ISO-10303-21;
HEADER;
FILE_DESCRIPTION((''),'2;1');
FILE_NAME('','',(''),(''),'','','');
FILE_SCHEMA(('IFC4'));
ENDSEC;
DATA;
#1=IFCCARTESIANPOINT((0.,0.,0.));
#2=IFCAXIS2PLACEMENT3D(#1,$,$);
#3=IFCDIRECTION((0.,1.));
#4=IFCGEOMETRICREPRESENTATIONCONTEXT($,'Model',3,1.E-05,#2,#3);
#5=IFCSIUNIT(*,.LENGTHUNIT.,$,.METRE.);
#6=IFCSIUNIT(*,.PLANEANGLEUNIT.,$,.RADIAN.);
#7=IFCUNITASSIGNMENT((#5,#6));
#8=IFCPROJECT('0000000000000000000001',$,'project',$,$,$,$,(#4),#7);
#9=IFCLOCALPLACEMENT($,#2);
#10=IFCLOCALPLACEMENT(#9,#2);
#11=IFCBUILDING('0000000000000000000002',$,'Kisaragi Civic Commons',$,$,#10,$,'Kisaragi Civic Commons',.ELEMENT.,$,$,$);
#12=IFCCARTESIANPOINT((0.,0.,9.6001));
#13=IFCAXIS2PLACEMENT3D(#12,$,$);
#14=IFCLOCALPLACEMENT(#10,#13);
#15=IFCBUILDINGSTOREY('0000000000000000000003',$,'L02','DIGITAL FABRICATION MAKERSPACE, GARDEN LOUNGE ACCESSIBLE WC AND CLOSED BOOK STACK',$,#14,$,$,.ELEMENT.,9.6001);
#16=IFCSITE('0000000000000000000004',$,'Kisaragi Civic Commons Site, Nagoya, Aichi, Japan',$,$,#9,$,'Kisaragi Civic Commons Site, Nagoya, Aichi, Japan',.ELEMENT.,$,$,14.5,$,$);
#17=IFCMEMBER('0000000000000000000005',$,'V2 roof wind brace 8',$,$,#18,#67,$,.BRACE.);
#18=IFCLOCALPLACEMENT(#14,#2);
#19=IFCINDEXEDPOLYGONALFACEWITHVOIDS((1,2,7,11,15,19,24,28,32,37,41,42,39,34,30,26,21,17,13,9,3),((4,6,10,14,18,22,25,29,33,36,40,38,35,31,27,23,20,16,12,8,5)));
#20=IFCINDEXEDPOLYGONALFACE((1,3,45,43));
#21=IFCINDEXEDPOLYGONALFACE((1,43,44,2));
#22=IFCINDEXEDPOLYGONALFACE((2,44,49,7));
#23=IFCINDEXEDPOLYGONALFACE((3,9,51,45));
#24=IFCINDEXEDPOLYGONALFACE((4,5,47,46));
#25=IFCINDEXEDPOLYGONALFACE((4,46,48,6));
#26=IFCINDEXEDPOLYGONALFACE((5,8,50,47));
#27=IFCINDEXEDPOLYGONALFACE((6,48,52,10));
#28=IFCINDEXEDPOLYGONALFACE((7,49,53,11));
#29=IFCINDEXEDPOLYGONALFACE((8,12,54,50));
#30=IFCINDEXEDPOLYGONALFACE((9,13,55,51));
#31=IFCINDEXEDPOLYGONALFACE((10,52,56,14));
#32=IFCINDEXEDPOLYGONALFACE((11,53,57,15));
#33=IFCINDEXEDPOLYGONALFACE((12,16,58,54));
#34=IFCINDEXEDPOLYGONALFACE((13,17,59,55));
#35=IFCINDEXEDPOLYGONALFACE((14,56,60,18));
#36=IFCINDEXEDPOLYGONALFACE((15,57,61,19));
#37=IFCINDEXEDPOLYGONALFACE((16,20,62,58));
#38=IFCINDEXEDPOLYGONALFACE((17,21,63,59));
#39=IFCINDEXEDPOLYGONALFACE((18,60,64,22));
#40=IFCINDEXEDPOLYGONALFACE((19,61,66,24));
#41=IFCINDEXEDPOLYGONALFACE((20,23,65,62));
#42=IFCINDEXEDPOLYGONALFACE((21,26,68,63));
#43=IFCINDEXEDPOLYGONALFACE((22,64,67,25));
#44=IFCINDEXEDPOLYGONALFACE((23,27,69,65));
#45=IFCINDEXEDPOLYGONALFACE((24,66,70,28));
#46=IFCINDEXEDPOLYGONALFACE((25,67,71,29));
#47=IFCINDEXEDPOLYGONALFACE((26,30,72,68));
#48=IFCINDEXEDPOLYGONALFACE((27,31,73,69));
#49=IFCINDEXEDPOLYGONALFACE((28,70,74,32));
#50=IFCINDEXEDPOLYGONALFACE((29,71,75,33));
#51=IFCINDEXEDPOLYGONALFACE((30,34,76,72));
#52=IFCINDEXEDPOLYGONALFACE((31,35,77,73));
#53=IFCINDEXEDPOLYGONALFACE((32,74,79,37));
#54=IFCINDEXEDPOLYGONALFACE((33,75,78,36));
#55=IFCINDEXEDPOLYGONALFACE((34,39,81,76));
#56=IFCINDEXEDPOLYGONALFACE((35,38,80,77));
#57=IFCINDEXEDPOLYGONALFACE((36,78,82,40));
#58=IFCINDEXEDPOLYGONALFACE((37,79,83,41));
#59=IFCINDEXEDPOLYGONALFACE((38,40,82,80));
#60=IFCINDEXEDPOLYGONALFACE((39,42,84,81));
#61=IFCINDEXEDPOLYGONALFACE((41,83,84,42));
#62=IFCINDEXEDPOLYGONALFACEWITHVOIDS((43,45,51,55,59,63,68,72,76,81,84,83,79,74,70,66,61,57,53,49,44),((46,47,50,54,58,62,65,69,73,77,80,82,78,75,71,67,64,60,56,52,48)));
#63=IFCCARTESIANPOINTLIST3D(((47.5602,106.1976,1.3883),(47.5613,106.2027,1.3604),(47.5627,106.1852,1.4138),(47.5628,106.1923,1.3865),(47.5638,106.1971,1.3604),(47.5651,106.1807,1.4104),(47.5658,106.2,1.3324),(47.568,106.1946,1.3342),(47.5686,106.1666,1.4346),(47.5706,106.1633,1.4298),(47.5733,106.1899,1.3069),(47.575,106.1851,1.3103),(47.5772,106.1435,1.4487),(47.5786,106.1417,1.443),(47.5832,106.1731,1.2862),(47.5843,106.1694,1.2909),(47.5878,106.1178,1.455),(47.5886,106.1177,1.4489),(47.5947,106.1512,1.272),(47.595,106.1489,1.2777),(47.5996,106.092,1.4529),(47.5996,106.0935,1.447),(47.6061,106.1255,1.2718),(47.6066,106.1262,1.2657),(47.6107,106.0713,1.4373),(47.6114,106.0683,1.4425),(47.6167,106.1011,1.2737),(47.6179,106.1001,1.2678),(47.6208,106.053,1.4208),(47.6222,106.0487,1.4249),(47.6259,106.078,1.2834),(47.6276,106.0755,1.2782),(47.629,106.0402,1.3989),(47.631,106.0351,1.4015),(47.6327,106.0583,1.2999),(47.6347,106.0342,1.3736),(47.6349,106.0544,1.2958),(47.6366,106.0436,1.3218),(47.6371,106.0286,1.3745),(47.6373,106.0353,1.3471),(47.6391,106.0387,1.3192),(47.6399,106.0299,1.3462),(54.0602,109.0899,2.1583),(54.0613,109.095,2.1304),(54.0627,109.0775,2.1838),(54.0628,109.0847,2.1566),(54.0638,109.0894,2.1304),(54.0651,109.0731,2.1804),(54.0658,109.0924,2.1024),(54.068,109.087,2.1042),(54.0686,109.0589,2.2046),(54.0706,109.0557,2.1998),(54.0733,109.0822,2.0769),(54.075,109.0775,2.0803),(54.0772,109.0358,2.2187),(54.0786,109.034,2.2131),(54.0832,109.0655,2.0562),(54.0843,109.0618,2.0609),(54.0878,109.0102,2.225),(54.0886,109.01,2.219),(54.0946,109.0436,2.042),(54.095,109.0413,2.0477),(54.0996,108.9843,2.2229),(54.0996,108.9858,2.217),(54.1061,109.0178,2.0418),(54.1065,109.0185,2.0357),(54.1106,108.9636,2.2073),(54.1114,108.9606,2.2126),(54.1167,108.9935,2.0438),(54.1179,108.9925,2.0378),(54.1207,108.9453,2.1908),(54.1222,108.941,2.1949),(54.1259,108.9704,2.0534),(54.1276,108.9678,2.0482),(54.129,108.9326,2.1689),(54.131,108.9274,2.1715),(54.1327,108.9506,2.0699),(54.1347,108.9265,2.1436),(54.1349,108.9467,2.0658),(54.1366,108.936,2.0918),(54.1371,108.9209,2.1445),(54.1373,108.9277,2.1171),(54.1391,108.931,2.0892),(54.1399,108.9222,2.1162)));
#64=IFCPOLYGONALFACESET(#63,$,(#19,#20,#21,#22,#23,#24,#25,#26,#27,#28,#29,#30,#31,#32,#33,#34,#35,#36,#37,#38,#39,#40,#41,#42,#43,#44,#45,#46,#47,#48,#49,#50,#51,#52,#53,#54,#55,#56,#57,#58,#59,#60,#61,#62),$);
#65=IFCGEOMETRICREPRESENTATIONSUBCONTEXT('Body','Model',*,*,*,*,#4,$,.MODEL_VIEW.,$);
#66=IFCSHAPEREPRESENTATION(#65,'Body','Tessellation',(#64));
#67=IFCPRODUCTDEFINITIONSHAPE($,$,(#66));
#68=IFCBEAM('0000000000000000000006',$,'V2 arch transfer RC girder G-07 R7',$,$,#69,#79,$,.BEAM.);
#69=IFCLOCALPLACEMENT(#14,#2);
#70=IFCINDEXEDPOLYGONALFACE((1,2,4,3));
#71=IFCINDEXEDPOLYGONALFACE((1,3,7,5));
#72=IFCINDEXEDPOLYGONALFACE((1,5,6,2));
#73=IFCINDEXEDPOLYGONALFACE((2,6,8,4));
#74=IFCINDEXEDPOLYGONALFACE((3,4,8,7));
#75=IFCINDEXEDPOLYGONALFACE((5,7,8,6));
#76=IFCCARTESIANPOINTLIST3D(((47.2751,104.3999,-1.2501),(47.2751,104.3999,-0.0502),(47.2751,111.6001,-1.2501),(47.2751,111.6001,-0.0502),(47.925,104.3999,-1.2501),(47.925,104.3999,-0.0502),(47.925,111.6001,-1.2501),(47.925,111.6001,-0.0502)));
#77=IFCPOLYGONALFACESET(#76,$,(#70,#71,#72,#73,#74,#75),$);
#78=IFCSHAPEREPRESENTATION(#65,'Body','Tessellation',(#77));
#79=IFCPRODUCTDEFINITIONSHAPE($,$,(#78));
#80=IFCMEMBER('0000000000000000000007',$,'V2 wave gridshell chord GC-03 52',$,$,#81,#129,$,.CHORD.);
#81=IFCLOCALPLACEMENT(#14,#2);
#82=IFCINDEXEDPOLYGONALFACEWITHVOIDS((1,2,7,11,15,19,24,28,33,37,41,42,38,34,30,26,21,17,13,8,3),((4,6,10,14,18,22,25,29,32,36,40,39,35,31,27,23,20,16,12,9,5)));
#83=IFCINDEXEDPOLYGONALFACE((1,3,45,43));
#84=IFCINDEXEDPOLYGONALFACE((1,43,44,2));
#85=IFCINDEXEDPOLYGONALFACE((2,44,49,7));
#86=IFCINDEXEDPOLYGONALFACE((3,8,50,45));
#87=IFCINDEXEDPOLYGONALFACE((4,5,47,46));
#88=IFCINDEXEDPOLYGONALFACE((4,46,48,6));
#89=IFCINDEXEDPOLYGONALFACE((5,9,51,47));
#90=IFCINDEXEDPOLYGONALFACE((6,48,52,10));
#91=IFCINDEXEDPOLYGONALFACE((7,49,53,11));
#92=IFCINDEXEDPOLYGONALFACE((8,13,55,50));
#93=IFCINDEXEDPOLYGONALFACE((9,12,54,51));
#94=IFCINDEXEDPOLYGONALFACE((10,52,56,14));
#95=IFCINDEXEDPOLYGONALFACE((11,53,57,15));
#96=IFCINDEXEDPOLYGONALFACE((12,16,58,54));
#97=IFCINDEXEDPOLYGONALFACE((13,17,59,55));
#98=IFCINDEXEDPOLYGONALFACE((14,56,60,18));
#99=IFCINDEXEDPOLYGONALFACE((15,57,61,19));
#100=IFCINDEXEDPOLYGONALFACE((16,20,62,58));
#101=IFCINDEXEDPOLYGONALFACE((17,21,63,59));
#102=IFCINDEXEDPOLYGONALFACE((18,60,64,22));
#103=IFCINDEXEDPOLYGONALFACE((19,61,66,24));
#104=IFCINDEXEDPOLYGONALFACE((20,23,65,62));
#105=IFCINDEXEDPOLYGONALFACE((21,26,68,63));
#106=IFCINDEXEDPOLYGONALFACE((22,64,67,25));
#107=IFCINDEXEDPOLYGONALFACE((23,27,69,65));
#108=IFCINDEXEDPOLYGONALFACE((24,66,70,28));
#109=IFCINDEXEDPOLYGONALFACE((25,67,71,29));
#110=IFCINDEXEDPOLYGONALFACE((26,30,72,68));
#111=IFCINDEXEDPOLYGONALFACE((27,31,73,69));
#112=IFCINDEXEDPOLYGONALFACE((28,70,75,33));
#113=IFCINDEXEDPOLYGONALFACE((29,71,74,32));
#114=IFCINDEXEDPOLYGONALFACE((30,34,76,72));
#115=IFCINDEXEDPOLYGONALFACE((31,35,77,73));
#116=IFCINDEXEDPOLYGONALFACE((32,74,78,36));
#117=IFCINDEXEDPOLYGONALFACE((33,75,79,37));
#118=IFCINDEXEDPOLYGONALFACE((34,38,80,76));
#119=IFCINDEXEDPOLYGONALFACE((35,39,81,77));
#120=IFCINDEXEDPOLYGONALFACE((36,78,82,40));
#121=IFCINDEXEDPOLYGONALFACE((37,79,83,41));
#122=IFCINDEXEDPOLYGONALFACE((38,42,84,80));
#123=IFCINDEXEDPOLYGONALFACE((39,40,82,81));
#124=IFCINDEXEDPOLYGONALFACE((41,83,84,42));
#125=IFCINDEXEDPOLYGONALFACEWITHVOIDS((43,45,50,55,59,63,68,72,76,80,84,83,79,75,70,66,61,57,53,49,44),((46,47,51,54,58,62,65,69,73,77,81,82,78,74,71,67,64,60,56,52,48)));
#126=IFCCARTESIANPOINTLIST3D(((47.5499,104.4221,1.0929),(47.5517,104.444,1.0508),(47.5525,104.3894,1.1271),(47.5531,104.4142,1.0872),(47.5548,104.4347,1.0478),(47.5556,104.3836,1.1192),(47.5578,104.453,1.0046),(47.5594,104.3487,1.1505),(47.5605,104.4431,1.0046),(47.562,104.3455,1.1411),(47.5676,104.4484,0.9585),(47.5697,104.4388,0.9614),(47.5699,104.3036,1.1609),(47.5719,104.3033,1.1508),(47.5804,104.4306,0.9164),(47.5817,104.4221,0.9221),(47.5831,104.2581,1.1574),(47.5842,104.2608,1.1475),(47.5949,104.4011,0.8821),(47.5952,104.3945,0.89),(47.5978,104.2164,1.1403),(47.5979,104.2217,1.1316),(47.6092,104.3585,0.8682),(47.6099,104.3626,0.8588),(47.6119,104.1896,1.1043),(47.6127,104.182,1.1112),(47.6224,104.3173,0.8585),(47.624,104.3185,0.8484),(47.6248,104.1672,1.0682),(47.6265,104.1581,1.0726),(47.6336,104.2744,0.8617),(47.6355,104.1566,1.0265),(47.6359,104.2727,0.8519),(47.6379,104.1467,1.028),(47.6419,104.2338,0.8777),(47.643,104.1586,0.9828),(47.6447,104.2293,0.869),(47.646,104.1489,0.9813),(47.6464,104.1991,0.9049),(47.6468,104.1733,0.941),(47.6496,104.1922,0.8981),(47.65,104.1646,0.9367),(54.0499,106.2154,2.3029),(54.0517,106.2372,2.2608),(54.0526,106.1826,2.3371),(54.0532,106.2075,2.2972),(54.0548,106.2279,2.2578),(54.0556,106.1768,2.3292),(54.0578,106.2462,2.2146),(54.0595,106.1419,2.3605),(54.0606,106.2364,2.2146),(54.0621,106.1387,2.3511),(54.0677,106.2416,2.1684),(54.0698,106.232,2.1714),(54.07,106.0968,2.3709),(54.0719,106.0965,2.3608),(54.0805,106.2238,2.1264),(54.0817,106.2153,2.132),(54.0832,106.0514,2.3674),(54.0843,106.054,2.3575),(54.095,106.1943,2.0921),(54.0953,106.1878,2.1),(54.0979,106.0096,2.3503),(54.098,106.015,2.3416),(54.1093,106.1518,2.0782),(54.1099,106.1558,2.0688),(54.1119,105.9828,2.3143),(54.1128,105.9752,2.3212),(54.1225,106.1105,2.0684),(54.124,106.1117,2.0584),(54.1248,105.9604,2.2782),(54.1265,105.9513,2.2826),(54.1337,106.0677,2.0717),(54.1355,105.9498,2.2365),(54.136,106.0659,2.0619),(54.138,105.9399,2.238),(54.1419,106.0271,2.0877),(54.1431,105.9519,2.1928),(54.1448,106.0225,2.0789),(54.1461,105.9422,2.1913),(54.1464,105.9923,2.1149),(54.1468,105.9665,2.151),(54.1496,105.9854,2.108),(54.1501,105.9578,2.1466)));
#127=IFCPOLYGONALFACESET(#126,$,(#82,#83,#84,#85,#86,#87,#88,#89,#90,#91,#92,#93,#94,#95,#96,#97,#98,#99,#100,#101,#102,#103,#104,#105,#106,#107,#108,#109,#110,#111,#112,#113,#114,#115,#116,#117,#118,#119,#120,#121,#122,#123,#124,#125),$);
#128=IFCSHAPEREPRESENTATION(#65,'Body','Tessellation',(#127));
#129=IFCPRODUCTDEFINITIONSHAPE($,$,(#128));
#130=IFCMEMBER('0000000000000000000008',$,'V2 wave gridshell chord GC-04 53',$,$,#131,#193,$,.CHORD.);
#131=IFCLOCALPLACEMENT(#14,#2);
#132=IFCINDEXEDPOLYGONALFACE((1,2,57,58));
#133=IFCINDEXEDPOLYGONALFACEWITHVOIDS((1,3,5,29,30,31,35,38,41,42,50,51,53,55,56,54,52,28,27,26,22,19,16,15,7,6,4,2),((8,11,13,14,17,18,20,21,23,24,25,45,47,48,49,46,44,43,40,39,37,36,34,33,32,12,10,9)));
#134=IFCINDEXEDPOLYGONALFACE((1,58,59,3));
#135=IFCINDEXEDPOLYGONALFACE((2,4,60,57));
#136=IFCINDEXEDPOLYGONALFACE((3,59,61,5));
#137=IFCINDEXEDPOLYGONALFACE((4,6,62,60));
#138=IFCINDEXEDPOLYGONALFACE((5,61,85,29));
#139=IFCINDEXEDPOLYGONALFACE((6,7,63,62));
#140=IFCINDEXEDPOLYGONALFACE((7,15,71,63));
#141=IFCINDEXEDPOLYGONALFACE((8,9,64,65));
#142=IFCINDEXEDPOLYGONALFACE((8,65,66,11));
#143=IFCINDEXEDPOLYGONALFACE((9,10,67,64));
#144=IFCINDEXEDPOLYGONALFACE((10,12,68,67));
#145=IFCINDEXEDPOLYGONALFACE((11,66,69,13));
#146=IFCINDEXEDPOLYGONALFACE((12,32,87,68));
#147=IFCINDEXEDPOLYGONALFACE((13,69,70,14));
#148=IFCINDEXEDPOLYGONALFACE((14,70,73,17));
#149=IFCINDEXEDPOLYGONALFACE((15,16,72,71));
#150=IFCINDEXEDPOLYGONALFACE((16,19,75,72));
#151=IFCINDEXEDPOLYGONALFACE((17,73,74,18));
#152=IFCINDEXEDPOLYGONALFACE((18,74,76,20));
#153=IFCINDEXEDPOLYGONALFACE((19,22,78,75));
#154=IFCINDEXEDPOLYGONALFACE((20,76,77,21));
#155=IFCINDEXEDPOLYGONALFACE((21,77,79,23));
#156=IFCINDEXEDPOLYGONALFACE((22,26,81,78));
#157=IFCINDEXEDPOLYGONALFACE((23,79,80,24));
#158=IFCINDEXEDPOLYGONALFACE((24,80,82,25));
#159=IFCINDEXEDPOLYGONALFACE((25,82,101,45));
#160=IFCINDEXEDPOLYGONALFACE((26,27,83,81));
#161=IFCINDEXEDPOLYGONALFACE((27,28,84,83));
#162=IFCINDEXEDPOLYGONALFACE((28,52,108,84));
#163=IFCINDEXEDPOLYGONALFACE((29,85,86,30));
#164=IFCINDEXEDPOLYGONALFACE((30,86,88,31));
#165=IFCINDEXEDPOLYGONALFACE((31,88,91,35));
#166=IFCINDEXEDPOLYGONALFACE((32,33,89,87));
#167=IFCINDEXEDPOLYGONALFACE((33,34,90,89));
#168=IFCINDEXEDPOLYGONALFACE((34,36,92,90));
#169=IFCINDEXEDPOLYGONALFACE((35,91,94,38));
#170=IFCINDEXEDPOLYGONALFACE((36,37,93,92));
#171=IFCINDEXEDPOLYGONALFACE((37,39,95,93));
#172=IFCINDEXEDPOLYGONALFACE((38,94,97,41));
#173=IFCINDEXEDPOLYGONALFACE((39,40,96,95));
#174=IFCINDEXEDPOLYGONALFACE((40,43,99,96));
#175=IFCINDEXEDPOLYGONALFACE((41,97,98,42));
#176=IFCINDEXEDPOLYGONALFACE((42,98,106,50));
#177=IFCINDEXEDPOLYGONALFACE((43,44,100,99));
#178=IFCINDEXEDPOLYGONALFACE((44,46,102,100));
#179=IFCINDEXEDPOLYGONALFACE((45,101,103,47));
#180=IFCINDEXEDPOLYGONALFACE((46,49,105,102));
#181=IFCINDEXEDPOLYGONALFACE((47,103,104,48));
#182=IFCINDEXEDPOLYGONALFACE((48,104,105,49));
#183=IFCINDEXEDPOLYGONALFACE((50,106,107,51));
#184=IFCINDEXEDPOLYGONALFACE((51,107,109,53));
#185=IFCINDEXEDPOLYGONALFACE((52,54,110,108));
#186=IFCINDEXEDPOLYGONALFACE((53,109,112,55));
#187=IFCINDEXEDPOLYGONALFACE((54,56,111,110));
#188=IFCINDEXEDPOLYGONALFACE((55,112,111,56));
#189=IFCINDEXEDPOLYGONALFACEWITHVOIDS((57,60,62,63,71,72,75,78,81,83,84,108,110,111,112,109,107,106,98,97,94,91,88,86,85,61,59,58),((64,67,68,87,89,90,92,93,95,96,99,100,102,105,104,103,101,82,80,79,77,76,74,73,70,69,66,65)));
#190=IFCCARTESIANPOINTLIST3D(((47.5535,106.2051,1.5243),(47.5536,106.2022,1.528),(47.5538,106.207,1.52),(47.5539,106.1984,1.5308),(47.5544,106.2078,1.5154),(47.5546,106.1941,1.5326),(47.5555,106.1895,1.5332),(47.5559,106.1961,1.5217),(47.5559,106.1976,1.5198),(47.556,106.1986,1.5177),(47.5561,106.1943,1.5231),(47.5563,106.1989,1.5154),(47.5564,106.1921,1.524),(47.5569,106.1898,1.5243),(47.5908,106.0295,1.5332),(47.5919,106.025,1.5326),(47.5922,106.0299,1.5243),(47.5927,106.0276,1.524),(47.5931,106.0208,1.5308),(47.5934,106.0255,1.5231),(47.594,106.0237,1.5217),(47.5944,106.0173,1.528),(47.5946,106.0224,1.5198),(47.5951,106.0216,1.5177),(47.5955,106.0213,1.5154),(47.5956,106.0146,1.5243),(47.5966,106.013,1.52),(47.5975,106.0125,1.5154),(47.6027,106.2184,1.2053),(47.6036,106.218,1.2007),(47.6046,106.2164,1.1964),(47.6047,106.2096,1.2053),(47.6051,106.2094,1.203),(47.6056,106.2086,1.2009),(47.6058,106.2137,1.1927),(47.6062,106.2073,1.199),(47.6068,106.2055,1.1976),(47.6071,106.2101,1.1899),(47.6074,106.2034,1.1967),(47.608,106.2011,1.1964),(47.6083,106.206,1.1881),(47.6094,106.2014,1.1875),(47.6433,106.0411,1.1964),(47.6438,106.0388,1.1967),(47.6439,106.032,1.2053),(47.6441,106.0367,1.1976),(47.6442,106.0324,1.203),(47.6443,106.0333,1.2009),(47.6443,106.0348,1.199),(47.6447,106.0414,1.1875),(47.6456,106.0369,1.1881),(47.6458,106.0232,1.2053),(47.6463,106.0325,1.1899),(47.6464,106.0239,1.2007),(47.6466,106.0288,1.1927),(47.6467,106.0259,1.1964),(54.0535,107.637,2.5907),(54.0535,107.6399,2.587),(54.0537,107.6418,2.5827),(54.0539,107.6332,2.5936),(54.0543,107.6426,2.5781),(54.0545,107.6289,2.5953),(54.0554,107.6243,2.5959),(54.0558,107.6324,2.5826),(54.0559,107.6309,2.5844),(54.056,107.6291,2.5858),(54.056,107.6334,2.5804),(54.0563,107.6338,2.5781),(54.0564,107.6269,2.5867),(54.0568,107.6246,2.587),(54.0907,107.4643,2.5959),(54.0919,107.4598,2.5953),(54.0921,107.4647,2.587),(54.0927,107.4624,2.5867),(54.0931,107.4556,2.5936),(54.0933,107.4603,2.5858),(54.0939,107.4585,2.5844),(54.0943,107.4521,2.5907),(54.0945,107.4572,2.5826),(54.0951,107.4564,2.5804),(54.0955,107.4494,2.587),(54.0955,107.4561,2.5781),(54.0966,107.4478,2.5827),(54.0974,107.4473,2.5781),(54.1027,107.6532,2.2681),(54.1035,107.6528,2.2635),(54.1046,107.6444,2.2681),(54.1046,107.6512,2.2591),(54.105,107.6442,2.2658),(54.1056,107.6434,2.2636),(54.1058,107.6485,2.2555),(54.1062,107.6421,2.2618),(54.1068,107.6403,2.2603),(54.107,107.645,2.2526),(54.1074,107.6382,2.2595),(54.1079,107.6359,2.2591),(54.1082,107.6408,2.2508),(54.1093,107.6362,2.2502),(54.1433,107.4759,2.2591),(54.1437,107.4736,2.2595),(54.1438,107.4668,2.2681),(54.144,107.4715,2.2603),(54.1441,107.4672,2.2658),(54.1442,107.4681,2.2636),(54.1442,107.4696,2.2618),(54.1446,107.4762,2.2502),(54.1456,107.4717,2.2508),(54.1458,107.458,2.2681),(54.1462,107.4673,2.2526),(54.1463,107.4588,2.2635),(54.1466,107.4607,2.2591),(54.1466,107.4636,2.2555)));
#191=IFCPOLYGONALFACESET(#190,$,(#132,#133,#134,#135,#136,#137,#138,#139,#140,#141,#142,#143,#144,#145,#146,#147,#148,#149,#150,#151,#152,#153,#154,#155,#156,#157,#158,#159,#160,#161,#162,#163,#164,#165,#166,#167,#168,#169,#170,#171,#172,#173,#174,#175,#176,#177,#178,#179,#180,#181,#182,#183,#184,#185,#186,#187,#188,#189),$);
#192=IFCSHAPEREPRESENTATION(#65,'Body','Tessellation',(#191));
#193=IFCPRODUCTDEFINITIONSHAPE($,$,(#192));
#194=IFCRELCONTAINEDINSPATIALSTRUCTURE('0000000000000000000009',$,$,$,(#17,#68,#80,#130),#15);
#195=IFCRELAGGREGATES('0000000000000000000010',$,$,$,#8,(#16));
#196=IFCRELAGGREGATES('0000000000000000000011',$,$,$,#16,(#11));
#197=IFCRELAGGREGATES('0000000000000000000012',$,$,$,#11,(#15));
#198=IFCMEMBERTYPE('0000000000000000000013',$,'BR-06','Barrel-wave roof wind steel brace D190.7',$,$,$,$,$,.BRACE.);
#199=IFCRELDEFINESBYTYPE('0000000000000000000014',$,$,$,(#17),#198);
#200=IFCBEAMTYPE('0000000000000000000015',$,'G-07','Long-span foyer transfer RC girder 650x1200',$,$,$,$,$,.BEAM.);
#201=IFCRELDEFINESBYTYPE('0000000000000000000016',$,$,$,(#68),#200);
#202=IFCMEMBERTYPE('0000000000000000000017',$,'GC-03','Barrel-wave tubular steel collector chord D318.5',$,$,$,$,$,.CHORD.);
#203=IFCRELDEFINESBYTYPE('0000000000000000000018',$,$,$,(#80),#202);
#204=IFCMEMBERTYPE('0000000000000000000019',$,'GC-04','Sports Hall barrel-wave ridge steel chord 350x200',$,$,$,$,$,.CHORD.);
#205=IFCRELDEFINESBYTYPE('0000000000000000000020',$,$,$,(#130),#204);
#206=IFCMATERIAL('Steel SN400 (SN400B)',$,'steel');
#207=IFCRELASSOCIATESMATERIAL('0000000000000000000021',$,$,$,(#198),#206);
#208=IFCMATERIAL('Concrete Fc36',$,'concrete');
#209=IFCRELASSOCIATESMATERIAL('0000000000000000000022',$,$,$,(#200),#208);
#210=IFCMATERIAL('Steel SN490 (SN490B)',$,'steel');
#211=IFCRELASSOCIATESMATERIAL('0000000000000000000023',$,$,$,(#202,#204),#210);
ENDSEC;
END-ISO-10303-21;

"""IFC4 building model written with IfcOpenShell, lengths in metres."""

from ifc_helpers import new_model, si_unit, direction, frame, origin, origin_2d, place, context, subcontext, project, spatial, rectangle, hollow_rectangle, hollow_circle, extrude, material, material_profile, profile_set, type_object, element, save


model = new_model("IFC4")

# Units and contexts
model_context = context("Model", 3, precision=1e-05, world=origin(), true_north=direction((0.0, 1.0)))
body_context = subcontext(model_context, "Body", "Model", "MODEL_VIEW")
ifc_project = project(units=[si_unit("LENGTHUNIT", "METRE"), si_unit("PLANEANGLEUNIT", "RADIAN")], contexts=[model_context])

# Site, building, storey
site_placement = place(None, origin())
site = spatial("IfcSite", under=ifc_project, at=site_placement, Name="Kisaragi Civic Commons Site, Nagoya, Aichi, Japan", LongName="Kisaragi Civic Commons Site, Nagoya, Aichi, Japan", CompositionType="ELEMENT", RefElevation=14.5)
building_placement = place(site_placement, origin())
building = spatial("IfcBuilding", under=site, at=building_placement, Name="Kisaragi Civic Commons", LongName="Kisaragi Civic Commons", CompositionType="ELEMENT")
storey_placement = place(building_placement, frame((0.0, 0.0, 9.6001)))
storey = spatial("IfcBuildingStorey", under=building, at=storey_placement, Name="L02", Description="DIGITAL FABRICATION MAKERSPACE, GARDEN LOUNGE ACCESSIBLE WC AND CLOSED BOOK STACK", CompositionType="ELEMENT", Elevation=9.6001)

# Member
ifc_material_1 = material(Name="Steel SN400 (SN400B)", Category="steel")
ifc_material_profile_1 = material_profile(ifc_material_1, hollow_circle(Radius=0.0955, WallThickness=0.0061, at=origin_2d()), Name="CHS-190.7x6.0", Category="steel")
ifc_profile_set_1 = profile_set([ifc_material_profile_1], Name="Steel SN400 (SN400B)")
member_type_1 = type_object("IfcMemberType", Name="BR-06", Description="Barrel-wave roof wind steel brace D190.7", PredefinedType="BRACE", material=ifc_profile_set_1)
member_1_placement = place(storey_placement, frame((47.6001, 106.1155, 1.3604), z_axis=(0.908327, 0.404182, 0.107605), x_axis=(-0.406543, 0.913632, 0.0)))
element("IfcMember", 1, at=member_1_placement, inside=storey, type_object=member_type_1, Name="V2 roof wind brace 8", PredefinedType="BRACE", context=body_context, shape_type="SweptSolid", body=[
    extrude(hollow_circle(Radius=0.0955, WallThickness=0.0061, at=origin_2d()), origin(), (0.0, 0.0, 1.0), 7.156),
])

# Beam
ifc_material_2 = material(Name="Concrete Fc36", Category="concrete")
ifc_material_profile_2 = material_profile(ifc_material_2, rectangle(XDim=0.6499, YDim=1.2, at=origin_2d()), Name="RC-650x1200", Category="concrete")
ifc_profile_set_2 = profile_set([ifc_material_profile_2], Name="Concrete Fc36")
beam_type = type_object("IfcBeamType", Name="G-07", Description="Long-span foyer transfer RC girder 650x1200", PredefinedType="BEAM", material=ifc_profile_set_2)
beam_placement = place(storey_placement, frame((47.6001, 104.3999, -0.6501), z_axis=(0.0, 1.0, 0.0), x_axis=(-1.0, 0.0, 0.0)))
element("IfcBeam", 2, at=beam_placement, inside=storey, type_object=beam_type, Name="V2 arch transfer RC girder G-07 R7", PredefinedType="BEAM", context=body_context, shape_type="SweptSolid", body=[
    extrude(rectangle(XDim=0.6499, YDim=1.2, at=origin_2d()), origin(), (0.0, 0.0, 1.0), 7.2002),
])

# Members
ifc_material_3 = material(Name="Steel SN490 (SN490B)", Category="steel")
ifc_material_profile_3 = material_profile(ifc_material_3, hollow_circle(Radius=0.1592, WallThickness=0.0103, at=origin_2d()), Name="CHS-318.5x10.3", Category="steel")
ifc_profile_set_3 = profile_set([ifc_material_profile_3], Name="Steel SN490 (SN490B)")
member_type_2 = type_object("IfcMemberType", Name="GC-03", Description="Barrel-wave tubular steel collector chord D318.5", PredefinedType="CHORD", material=ifc_profile_set_3)
member_2_placement = place(storey_placement, frame((47.6001, 104.2996, 1.0046), z_axis=(0.948833, 0.261763, 0.176623), x_axis=(-0.265944, 0.963988, 0.0)))
element("IfcMember", 3, at=member_2_placement, inside=storey, type_object=member_type_2, Name="V2 wave gridshell chord GC-03 52", PredefinedType="CHORD", context=body_context, shape_type="SweptSolid", body=[
    extrude(hollow_circle(Radius=0.1592, WallThickness=0.0103, at=origin_2d()), origin(), (0.0, 0.0, 1.0), 6.8506),
])
ifc_material_profile_4 = material_profile(ifc_material_3, hollow_rectangle(XDim=0.2, YDim=0.3501, WallThickness=0.009, InnerFilletRadius=0.009, OuterFilletRadius=0.0181, at=origin_2d()), Name="STKR-350x200x9", Category="steel")
ifc_profile_set_4 = profile_set([ifc_material_profile_4], Name="Steel SN490 (SN490B)")
member_type_3 = type_object("IfcMemberType", Name="GC-04", Description="Sports Hall barrel-wave ridge steel chord 350x200", PredefinedType="CHORD", material=ifc_profile_set_4)
member_3_placement = place(storey_placement, frame((47.6001, 106.1155, 1.3604), z_axis=(0.96428, 0.212856, 0.157659), x_axis=(-0.215552, 0.976492, 0.0)))
element("IfcMember", 4, at=member_3_placement, inside=storey, type_object=member_type_3, Name="V2 wave gridshell chord GC-04 53", PredefinedType="CHORD", context=body_context, shape_type="SweptSolid", body=[
    extrude(hollow_rectangle(XDim=0.2, YDim=0.3501, WallThickness=0.009, InnerFilletRadius=0.009, OuterFilletRadius=0.0181, at=origin_2d()), origin(), (0.0, 0.0, 1.0), 6.7407),
])

save(model, "model.ifc")
